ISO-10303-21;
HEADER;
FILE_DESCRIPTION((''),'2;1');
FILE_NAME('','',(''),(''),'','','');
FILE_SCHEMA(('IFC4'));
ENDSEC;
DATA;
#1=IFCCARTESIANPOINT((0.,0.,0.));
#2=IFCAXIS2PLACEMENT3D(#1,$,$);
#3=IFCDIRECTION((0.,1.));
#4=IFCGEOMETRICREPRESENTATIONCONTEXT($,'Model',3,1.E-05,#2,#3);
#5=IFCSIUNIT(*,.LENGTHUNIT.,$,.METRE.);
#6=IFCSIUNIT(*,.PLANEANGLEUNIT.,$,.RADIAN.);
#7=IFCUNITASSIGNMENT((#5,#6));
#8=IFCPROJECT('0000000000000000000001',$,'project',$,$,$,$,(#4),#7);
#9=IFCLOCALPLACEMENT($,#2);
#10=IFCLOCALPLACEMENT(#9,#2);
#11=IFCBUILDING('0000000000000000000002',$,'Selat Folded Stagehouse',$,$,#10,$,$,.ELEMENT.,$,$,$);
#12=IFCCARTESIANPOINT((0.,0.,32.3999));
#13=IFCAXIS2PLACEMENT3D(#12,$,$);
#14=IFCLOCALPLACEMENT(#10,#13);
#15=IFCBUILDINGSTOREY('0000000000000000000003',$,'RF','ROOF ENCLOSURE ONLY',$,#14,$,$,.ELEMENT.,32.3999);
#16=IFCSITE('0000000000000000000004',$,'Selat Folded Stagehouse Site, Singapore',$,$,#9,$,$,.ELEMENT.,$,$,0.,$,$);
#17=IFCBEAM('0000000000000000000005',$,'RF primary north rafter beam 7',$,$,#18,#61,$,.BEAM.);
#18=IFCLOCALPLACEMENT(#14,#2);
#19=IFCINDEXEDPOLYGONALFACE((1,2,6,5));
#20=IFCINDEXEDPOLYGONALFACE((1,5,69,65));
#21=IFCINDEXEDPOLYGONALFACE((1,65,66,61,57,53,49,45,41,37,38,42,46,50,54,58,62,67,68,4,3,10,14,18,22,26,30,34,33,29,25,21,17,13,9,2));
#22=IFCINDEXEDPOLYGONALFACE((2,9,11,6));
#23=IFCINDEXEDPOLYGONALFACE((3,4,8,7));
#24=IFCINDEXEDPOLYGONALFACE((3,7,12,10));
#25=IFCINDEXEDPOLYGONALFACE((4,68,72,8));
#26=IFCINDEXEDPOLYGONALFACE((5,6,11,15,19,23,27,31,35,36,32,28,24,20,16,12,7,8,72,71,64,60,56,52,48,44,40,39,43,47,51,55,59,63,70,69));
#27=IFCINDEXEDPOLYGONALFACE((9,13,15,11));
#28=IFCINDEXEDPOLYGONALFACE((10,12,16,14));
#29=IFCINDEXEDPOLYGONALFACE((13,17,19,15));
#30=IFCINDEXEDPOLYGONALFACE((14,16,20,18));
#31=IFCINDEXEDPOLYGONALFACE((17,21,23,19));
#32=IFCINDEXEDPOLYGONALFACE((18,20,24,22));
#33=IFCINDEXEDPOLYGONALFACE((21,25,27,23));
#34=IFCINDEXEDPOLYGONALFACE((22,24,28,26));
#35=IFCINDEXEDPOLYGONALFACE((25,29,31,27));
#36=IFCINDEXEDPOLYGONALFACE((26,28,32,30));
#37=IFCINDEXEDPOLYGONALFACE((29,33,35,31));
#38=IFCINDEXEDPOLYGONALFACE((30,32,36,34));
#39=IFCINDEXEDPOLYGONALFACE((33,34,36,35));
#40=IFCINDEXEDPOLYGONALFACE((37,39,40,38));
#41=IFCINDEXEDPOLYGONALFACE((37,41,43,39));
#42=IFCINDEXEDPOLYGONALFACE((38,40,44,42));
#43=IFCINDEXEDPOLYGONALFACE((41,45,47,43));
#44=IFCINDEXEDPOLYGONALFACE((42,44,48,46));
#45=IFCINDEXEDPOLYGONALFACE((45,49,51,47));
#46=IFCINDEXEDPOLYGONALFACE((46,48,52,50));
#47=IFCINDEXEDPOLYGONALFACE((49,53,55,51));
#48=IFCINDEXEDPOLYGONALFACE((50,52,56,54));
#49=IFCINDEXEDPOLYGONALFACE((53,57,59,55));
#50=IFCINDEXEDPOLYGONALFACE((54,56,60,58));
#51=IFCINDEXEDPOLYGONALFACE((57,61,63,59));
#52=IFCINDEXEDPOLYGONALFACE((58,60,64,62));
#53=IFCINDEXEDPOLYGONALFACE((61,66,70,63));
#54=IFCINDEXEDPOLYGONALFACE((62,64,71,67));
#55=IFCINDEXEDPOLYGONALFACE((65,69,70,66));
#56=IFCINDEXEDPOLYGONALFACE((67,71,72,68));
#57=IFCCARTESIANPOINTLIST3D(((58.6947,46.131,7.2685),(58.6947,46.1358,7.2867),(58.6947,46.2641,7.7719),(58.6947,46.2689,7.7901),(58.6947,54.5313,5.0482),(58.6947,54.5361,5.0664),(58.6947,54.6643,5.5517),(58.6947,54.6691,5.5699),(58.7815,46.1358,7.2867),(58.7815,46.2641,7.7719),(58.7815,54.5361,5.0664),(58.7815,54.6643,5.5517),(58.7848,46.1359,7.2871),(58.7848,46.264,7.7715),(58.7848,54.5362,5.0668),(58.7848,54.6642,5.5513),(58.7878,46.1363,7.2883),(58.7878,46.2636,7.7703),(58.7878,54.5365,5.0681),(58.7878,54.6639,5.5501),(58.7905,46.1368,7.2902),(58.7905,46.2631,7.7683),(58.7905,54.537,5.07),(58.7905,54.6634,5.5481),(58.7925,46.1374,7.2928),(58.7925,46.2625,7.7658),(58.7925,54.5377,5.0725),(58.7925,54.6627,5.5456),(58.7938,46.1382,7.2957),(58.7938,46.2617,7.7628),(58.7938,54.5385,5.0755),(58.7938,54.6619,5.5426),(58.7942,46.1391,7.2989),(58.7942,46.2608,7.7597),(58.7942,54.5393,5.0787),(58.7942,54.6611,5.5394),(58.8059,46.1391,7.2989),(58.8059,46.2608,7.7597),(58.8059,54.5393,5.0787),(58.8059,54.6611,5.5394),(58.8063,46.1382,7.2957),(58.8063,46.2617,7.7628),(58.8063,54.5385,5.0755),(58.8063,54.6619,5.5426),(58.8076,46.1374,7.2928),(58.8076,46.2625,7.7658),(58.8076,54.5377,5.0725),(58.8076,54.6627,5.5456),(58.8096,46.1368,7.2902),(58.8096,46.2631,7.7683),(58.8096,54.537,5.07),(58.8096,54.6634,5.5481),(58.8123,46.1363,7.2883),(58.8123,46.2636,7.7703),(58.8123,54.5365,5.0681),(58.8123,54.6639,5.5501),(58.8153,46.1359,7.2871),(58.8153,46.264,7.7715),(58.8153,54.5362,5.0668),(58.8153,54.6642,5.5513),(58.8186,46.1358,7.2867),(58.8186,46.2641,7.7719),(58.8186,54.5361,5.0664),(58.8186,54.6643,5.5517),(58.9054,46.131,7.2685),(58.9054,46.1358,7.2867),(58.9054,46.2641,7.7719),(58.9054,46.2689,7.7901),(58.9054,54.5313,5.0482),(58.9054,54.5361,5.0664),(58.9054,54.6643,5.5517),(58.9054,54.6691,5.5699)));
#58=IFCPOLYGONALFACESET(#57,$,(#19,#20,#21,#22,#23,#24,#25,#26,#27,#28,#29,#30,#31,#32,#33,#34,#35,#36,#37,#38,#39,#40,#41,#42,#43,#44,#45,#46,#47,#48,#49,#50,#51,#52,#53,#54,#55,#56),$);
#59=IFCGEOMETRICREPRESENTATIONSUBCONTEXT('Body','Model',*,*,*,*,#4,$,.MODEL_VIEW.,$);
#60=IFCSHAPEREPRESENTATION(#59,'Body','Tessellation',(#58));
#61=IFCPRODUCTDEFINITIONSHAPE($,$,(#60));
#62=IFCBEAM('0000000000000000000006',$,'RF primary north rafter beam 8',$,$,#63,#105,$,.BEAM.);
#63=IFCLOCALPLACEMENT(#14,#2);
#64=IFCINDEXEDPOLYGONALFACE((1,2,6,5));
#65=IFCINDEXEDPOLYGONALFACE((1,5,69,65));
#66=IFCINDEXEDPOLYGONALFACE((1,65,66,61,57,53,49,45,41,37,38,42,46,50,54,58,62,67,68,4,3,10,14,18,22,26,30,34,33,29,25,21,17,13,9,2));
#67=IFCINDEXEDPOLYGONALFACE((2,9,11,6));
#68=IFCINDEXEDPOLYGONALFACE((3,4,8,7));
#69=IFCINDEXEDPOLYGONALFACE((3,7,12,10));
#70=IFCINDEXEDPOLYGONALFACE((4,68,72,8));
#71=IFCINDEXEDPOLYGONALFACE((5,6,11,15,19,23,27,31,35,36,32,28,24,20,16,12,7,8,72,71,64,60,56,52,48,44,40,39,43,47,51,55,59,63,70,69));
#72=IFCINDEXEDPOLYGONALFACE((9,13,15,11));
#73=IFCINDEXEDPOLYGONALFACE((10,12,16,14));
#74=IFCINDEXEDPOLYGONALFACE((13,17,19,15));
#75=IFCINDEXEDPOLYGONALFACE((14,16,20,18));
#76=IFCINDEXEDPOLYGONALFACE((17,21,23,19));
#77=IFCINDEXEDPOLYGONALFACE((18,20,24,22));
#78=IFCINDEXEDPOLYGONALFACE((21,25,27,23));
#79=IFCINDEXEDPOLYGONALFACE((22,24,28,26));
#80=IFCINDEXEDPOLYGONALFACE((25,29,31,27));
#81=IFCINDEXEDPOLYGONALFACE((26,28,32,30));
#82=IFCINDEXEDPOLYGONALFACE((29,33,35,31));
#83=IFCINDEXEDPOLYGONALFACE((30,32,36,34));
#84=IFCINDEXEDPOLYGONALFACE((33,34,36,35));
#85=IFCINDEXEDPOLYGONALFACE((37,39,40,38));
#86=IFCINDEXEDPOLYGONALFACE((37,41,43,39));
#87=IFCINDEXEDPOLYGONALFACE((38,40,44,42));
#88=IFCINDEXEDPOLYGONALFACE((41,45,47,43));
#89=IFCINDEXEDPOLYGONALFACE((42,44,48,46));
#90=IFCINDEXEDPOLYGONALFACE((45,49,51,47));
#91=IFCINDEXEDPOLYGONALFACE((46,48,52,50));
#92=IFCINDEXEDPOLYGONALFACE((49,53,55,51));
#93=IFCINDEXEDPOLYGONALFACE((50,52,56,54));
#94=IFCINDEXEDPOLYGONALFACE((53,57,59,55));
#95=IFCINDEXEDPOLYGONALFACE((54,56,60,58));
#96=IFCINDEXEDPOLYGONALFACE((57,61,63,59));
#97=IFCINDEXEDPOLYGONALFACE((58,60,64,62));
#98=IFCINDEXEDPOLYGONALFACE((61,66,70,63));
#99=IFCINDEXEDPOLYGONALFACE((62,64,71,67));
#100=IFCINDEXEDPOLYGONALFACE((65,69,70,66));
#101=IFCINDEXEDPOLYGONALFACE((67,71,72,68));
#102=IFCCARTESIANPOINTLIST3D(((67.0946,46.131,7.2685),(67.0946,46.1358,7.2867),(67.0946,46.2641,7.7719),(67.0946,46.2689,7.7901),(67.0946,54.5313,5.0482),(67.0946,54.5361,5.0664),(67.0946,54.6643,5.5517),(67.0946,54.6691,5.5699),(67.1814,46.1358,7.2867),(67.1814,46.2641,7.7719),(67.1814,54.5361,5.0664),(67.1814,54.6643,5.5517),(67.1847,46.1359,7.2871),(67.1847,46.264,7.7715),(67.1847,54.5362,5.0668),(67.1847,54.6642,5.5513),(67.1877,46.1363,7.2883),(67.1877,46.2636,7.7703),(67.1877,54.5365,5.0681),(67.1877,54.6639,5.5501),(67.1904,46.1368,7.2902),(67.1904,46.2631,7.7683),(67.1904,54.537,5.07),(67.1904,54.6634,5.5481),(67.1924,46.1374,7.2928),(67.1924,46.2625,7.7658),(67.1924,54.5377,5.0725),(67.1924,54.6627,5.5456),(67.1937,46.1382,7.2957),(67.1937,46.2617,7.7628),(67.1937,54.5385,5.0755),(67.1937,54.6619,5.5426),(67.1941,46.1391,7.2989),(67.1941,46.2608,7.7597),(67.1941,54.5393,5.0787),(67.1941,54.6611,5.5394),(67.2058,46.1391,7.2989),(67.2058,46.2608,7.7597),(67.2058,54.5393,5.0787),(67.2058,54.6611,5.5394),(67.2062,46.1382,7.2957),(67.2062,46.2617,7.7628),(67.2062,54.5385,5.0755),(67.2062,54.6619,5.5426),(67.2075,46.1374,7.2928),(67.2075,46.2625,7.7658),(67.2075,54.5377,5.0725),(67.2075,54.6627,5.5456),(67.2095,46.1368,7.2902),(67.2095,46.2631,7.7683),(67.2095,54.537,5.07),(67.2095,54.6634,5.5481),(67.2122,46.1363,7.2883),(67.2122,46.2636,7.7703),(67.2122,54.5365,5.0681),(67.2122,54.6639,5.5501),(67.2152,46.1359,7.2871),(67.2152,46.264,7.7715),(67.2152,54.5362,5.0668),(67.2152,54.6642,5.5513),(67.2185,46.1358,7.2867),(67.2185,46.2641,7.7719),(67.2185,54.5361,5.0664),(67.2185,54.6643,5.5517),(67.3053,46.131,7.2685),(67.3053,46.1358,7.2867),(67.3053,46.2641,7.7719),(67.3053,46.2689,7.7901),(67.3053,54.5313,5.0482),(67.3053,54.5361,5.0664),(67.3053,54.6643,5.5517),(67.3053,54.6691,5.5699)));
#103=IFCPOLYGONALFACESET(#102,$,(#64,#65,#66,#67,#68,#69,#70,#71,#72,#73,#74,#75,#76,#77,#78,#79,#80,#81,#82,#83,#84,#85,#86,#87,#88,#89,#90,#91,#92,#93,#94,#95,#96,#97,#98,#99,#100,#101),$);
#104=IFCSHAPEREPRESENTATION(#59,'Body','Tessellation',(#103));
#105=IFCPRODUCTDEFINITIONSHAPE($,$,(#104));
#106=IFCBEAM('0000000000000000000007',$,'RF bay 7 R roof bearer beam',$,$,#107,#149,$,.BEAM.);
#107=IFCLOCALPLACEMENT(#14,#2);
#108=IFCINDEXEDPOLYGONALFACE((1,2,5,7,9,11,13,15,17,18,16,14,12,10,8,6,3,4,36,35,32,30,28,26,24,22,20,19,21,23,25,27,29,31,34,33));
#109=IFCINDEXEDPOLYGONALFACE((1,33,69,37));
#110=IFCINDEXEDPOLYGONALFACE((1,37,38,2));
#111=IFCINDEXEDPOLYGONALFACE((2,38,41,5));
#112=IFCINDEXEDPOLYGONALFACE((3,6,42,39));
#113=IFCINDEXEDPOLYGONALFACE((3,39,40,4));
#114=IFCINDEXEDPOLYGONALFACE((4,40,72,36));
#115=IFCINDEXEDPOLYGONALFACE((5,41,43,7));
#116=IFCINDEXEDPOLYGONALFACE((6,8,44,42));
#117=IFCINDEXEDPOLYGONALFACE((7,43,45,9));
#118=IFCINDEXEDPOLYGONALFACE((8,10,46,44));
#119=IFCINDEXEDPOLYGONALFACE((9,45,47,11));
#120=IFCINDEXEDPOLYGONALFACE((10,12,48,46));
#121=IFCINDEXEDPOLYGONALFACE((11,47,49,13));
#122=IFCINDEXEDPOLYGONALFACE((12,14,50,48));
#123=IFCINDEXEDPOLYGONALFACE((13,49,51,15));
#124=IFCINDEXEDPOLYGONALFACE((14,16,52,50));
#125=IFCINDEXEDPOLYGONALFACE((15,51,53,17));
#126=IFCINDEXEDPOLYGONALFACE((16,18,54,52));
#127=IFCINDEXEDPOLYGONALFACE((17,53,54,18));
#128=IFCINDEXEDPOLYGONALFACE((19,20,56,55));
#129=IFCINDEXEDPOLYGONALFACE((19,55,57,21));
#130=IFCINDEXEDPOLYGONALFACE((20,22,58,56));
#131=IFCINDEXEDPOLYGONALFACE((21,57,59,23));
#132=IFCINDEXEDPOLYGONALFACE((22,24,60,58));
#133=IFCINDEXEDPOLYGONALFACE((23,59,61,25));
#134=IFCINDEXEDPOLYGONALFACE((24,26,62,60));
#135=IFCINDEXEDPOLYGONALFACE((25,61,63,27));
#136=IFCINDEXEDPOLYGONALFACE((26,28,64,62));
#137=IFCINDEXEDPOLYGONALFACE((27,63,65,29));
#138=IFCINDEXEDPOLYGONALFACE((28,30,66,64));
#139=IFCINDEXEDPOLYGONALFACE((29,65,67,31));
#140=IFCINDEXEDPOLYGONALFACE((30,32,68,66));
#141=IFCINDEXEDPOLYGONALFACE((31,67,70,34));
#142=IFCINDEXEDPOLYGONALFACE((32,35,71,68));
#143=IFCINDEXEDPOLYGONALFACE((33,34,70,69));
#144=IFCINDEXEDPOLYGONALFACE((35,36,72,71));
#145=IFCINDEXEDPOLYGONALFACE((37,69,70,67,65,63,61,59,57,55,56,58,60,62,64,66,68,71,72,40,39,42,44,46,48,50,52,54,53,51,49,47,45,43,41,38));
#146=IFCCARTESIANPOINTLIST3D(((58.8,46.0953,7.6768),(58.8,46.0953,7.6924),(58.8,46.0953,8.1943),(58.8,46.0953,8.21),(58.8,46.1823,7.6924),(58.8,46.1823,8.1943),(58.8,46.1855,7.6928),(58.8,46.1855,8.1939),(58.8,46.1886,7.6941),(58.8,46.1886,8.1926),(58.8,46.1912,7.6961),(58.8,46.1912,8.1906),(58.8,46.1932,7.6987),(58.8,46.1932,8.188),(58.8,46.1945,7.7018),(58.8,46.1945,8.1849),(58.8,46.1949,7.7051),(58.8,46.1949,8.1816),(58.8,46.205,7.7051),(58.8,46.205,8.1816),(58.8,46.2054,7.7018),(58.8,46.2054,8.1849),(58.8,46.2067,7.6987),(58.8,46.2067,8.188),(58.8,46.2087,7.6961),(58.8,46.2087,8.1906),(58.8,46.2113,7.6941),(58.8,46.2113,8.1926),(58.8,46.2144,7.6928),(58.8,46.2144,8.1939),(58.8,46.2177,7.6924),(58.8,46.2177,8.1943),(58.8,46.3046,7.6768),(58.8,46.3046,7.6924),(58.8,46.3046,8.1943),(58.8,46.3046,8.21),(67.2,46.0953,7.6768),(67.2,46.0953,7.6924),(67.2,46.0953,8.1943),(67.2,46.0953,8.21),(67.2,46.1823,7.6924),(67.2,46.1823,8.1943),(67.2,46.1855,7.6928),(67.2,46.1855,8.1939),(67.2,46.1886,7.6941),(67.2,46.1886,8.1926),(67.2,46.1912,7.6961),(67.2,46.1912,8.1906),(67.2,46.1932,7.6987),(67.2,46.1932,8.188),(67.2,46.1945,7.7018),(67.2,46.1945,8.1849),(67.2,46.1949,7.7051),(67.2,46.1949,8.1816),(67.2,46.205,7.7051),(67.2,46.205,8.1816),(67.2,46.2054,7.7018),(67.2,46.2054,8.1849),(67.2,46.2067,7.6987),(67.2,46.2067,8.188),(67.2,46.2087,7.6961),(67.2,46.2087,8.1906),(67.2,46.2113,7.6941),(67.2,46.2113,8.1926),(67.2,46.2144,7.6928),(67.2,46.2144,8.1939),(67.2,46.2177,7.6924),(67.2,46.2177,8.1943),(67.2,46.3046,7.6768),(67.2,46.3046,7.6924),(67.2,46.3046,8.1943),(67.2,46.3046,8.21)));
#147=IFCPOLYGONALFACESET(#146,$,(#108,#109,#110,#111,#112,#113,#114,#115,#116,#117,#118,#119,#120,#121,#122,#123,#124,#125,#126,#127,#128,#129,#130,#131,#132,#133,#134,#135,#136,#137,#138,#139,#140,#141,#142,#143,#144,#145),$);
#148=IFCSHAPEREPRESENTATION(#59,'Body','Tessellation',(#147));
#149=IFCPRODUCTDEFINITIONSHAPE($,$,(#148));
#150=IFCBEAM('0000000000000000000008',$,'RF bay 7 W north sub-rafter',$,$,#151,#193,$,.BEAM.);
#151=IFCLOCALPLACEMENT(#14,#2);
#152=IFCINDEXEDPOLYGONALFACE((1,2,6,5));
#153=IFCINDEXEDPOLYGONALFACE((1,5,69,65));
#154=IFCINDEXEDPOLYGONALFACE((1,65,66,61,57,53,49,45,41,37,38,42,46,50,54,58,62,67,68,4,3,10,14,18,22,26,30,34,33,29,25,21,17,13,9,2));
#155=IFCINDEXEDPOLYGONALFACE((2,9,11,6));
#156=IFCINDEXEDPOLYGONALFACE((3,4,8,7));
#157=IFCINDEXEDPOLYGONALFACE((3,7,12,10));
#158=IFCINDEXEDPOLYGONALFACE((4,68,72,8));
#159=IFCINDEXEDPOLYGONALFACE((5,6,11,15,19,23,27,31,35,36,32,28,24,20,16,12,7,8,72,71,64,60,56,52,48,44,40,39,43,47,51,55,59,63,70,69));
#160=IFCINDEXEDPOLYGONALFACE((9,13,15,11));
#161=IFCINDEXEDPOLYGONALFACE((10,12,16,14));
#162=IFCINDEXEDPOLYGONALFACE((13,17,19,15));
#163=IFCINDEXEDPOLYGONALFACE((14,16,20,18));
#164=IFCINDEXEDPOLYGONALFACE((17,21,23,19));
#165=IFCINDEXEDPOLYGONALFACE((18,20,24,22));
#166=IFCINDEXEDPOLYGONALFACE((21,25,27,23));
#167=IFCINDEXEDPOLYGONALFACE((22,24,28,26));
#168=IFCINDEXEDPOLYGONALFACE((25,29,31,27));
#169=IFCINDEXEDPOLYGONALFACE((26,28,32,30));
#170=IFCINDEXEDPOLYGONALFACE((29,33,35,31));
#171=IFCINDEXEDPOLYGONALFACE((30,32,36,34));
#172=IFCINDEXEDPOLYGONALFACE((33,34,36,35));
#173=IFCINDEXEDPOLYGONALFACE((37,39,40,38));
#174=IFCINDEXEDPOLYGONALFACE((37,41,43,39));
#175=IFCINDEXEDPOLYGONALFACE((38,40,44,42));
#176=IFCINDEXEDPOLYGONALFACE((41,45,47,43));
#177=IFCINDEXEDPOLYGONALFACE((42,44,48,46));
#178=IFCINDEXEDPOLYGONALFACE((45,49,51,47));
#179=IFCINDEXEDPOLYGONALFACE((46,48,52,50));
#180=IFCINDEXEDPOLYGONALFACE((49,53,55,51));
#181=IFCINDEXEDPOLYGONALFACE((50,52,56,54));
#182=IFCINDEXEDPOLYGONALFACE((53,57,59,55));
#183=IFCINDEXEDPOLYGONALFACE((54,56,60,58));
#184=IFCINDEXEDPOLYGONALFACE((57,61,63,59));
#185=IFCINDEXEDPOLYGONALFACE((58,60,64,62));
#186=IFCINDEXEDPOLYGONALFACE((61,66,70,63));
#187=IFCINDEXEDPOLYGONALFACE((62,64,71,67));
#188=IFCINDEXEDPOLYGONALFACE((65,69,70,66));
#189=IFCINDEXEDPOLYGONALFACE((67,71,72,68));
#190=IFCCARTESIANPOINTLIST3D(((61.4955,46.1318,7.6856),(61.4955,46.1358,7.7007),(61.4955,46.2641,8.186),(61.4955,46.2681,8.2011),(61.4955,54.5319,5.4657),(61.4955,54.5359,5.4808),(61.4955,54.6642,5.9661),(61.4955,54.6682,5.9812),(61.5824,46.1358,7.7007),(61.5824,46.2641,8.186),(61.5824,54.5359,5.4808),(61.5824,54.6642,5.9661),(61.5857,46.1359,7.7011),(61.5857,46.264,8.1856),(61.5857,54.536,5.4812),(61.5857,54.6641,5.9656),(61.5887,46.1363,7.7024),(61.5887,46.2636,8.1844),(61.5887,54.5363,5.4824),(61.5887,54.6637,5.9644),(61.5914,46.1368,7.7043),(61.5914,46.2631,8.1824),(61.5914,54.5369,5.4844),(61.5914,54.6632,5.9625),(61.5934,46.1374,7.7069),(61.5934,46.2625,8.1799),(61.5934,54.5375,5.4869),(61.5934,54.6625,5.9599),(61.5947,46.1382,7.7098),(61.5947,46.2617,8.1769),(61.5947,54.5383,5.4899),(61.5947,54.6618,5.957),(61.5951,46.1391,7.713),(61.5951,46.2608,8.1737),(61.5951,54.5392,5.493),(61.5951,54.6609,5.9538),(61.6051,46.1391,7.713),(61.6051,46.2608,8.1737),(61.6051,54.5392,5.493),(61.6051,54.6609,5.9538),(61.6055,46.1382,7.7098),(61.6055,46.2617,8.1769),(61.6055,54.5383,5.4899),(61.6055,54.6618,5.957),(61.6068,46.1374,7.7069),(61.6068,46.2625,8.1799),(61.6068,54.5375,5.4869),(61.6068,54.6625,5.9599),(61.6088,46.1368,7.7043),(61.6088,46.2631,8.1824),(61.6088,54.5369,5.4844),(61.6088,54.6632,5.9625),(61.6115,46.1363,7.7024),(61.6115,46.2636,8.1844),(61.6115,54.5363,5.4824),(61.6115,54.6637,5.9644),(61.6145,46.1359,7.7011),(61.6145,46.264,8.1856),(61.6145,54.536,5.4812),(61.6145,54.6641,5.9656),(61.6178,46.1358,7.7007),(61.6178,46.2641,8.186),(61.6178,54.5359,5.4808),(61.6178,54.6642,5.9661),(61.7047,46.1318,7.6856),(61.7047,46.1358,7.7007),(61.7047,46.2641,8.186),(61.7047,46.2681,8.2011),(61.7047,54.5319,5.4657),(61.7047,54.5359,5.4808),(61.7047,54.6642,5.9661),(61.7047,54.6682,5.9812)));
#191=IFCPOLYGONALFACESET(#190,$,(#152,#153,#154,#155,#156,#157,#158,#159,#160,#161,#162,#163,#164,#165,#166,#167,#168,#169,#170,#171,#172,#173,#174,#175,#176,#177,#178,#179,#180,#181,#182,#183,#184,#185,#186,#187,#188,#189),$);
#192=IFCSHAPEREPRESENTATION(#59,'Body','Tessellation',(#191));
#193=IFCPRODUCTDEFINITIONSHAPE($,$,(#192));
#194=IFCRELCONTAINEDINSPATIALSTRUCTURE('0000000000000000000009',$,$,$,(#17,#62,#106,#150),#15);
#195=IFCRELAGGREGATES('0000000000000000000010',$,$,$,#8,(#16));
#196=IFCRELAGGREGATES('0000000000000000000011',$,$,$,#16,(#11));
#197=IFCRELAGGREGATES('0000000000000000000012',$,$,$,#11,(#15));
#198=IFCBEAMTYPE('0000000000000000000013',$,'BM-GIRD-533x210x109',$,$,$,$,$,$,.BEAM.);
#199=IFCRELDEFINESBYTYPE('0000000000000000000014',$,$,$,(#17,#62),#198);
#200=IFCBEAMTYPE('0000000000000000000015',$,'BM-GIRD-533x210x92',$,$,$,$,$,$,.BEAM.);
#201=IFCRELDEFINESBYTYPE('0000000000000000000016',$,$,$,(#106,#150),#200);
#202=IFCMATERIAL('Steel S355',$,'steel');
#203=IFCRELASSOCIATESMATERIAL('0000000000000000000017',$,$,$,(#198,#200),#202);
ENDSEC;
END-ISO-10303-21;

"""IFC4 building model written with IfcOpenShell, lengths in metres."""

from ifc_helpers import new_model, si_unit, direction, frame, origin, origin_2d, place, context, subcontext, project, spatial, i_section, extrude, material, material_profile, profile_set, type_object, element, save


model = new_model("IFC4")

# Units and contexts
model_context = context("Model", 3, precision=1e-05, world=origin(), true_north=direction((0.0, 1.0)))
body_context = subcontext(model_context, "Body", "Model", "MODEL_VIEW")
ifc_project = project(units=[si_unit("LENGTHUNIT", "METRE"), si_unit("PLANEANGLEUNIT", "RADIAN")], contexts=[model_context])

# Site, building, storey
site_placement = place(None, origin())
site = spatial("IfcSite", under=ifc_project, at=site_placement, Name="Selat Folded Stagehouse Site, Singapore", CompositionType="ELEMENT", RefElevation=0.0)
building_placement = place(site_placement, origin())
building = spatial("IfcBuilding", under=site, at=building_placement, Name="Selat Folded Stagehouse", CompositionType="ELEMENT")
storey_placement = place(building_placement, frame((0.0, 0.0, 32.3999)))
storey = spatial("IfcBuildingStorey", under=building, at=storey_placement, Name="RF", Description="ROOF ENCLOSURE ONLY", CompositionType="ELEMENT", Elevation=32.3999)

# Beams
ifc_material_1 = material(Name="Steel S355", Category="steel")
ifc_material_profile_1 = material_profile(ifc_material_1, i_section(OverallWidth=0.2107, OverallDepth=0.5396, WebThickness=0.0117, FlangeThickness=0.0188, FilletRadius=0.0127, at=origin_2d()), Name="UKB 533x210x109")
ifc_profile_set_1 = profile_set([ifc_material_profile_1], Name="Steel S355")
beam_type_1 = type_object("IfcBeamType", Name="BM-GIRD-533x210x109", PredefinedType="BEAM", material=ifc_profile_set_1)
for number, where, z_axis, x_axis, name in (
    (1, (58.8, 46.2, 7.5293), (0.0, 0.966801, -0.255532), (-1.0, 0.0, 0.0), "RF primary north rafter beam 7"),
    (2, (67.2, 46.2, 7.5293), (0.0, 0.966801, -0.255532), (-1.0, 0.0, 0.0), "RF primary north rafter beam 8"),
):
    element("IfcBeam", number, at=place(storey_placement, frame(where, z_axis=z_axis, x_axis=x_axis)), inside=storey, type_object=beam_type_1, Name=name, PredefinedType="BEAM", context=body_context, shape_type="SweptSolid", body=[
        extrude(i_section(OverallWidth=0.2107, OverallDepth=0.5396, WebThickness=0.0117, FlangeThickness=0.0188, FilletRadius=0.0127, at=origin_2d()), origin(), (0.0, 0.0, 1.0), 8.6887),
    ])
ifc_material_profile_2 = material_profile(ifc_material_1, i_section(OverallWidth=0.2092, OverallDepth=0.5332, WebThickness=0.01, FlangeThickness=0.0156, FilletRadius=0.0127, at=origin_2d()), Name="UKB 533x210x92")
ifc_profile_set_2 = profile_set([ifc_material_profile_2], Name="Steel S355")
beam_type_2 = type_object("IfcBeamType", Name="BM-GIRD-533x210x92", PredefinedType="BEAM", material=ifc_profile_set_2)
beam_placement = place(storey_placement, frame((58.8, 46.2, 7.9434), z_axis=(1.0, 0.0, 0.0), x_axis=(0.0, 1.0, 0.0)))
element("IfcBeam", 3, at=beam_placement, inside=storey, type_object=beam_type_2, Name="RF bay 7 R roof bearer beam", PredefinedType="BEAM", context=body_context, shape_type="SweptSolid", body=[
    extrude(i_section(OverallWidth=0.2092, OverallDepth=0.5332, WebThickness=0.01, FlangeThickness=0.0156, FilletRadius=0.0127, at=origin_2d()), origin(), (0.0, 0.0, 1.0), 8.3999),
])
for number, where, z_axis, x_axis, name in (
    (4, (61.6001, 46.2, 7.9434), (0.0, 0.966808, -0.255506), (-1.0, 0.0, 0.0), "RF bay 7 W north sub-rafter"),
):
    element("IfcBeam", number, at=place(storey_placement, frame(where, z_axis=z_axis, x_axis=x_axis)), inside=storey, type_object=beam_type_2, Name=name, PredefinedType="BEAM", context=body_context, shape_type="SweptSolid", body=[
        extrude(i_section(OverallWidth=0.2092, OverallDepth=0.5332, WebThickness=0.01, FlangeThickness=0.0156, FilletRadius=0.0127, at=origin_2d()), origin(), (0.0, 0.0, 1.0), 8.6885),
    ])

save(model, "model.ifc")
